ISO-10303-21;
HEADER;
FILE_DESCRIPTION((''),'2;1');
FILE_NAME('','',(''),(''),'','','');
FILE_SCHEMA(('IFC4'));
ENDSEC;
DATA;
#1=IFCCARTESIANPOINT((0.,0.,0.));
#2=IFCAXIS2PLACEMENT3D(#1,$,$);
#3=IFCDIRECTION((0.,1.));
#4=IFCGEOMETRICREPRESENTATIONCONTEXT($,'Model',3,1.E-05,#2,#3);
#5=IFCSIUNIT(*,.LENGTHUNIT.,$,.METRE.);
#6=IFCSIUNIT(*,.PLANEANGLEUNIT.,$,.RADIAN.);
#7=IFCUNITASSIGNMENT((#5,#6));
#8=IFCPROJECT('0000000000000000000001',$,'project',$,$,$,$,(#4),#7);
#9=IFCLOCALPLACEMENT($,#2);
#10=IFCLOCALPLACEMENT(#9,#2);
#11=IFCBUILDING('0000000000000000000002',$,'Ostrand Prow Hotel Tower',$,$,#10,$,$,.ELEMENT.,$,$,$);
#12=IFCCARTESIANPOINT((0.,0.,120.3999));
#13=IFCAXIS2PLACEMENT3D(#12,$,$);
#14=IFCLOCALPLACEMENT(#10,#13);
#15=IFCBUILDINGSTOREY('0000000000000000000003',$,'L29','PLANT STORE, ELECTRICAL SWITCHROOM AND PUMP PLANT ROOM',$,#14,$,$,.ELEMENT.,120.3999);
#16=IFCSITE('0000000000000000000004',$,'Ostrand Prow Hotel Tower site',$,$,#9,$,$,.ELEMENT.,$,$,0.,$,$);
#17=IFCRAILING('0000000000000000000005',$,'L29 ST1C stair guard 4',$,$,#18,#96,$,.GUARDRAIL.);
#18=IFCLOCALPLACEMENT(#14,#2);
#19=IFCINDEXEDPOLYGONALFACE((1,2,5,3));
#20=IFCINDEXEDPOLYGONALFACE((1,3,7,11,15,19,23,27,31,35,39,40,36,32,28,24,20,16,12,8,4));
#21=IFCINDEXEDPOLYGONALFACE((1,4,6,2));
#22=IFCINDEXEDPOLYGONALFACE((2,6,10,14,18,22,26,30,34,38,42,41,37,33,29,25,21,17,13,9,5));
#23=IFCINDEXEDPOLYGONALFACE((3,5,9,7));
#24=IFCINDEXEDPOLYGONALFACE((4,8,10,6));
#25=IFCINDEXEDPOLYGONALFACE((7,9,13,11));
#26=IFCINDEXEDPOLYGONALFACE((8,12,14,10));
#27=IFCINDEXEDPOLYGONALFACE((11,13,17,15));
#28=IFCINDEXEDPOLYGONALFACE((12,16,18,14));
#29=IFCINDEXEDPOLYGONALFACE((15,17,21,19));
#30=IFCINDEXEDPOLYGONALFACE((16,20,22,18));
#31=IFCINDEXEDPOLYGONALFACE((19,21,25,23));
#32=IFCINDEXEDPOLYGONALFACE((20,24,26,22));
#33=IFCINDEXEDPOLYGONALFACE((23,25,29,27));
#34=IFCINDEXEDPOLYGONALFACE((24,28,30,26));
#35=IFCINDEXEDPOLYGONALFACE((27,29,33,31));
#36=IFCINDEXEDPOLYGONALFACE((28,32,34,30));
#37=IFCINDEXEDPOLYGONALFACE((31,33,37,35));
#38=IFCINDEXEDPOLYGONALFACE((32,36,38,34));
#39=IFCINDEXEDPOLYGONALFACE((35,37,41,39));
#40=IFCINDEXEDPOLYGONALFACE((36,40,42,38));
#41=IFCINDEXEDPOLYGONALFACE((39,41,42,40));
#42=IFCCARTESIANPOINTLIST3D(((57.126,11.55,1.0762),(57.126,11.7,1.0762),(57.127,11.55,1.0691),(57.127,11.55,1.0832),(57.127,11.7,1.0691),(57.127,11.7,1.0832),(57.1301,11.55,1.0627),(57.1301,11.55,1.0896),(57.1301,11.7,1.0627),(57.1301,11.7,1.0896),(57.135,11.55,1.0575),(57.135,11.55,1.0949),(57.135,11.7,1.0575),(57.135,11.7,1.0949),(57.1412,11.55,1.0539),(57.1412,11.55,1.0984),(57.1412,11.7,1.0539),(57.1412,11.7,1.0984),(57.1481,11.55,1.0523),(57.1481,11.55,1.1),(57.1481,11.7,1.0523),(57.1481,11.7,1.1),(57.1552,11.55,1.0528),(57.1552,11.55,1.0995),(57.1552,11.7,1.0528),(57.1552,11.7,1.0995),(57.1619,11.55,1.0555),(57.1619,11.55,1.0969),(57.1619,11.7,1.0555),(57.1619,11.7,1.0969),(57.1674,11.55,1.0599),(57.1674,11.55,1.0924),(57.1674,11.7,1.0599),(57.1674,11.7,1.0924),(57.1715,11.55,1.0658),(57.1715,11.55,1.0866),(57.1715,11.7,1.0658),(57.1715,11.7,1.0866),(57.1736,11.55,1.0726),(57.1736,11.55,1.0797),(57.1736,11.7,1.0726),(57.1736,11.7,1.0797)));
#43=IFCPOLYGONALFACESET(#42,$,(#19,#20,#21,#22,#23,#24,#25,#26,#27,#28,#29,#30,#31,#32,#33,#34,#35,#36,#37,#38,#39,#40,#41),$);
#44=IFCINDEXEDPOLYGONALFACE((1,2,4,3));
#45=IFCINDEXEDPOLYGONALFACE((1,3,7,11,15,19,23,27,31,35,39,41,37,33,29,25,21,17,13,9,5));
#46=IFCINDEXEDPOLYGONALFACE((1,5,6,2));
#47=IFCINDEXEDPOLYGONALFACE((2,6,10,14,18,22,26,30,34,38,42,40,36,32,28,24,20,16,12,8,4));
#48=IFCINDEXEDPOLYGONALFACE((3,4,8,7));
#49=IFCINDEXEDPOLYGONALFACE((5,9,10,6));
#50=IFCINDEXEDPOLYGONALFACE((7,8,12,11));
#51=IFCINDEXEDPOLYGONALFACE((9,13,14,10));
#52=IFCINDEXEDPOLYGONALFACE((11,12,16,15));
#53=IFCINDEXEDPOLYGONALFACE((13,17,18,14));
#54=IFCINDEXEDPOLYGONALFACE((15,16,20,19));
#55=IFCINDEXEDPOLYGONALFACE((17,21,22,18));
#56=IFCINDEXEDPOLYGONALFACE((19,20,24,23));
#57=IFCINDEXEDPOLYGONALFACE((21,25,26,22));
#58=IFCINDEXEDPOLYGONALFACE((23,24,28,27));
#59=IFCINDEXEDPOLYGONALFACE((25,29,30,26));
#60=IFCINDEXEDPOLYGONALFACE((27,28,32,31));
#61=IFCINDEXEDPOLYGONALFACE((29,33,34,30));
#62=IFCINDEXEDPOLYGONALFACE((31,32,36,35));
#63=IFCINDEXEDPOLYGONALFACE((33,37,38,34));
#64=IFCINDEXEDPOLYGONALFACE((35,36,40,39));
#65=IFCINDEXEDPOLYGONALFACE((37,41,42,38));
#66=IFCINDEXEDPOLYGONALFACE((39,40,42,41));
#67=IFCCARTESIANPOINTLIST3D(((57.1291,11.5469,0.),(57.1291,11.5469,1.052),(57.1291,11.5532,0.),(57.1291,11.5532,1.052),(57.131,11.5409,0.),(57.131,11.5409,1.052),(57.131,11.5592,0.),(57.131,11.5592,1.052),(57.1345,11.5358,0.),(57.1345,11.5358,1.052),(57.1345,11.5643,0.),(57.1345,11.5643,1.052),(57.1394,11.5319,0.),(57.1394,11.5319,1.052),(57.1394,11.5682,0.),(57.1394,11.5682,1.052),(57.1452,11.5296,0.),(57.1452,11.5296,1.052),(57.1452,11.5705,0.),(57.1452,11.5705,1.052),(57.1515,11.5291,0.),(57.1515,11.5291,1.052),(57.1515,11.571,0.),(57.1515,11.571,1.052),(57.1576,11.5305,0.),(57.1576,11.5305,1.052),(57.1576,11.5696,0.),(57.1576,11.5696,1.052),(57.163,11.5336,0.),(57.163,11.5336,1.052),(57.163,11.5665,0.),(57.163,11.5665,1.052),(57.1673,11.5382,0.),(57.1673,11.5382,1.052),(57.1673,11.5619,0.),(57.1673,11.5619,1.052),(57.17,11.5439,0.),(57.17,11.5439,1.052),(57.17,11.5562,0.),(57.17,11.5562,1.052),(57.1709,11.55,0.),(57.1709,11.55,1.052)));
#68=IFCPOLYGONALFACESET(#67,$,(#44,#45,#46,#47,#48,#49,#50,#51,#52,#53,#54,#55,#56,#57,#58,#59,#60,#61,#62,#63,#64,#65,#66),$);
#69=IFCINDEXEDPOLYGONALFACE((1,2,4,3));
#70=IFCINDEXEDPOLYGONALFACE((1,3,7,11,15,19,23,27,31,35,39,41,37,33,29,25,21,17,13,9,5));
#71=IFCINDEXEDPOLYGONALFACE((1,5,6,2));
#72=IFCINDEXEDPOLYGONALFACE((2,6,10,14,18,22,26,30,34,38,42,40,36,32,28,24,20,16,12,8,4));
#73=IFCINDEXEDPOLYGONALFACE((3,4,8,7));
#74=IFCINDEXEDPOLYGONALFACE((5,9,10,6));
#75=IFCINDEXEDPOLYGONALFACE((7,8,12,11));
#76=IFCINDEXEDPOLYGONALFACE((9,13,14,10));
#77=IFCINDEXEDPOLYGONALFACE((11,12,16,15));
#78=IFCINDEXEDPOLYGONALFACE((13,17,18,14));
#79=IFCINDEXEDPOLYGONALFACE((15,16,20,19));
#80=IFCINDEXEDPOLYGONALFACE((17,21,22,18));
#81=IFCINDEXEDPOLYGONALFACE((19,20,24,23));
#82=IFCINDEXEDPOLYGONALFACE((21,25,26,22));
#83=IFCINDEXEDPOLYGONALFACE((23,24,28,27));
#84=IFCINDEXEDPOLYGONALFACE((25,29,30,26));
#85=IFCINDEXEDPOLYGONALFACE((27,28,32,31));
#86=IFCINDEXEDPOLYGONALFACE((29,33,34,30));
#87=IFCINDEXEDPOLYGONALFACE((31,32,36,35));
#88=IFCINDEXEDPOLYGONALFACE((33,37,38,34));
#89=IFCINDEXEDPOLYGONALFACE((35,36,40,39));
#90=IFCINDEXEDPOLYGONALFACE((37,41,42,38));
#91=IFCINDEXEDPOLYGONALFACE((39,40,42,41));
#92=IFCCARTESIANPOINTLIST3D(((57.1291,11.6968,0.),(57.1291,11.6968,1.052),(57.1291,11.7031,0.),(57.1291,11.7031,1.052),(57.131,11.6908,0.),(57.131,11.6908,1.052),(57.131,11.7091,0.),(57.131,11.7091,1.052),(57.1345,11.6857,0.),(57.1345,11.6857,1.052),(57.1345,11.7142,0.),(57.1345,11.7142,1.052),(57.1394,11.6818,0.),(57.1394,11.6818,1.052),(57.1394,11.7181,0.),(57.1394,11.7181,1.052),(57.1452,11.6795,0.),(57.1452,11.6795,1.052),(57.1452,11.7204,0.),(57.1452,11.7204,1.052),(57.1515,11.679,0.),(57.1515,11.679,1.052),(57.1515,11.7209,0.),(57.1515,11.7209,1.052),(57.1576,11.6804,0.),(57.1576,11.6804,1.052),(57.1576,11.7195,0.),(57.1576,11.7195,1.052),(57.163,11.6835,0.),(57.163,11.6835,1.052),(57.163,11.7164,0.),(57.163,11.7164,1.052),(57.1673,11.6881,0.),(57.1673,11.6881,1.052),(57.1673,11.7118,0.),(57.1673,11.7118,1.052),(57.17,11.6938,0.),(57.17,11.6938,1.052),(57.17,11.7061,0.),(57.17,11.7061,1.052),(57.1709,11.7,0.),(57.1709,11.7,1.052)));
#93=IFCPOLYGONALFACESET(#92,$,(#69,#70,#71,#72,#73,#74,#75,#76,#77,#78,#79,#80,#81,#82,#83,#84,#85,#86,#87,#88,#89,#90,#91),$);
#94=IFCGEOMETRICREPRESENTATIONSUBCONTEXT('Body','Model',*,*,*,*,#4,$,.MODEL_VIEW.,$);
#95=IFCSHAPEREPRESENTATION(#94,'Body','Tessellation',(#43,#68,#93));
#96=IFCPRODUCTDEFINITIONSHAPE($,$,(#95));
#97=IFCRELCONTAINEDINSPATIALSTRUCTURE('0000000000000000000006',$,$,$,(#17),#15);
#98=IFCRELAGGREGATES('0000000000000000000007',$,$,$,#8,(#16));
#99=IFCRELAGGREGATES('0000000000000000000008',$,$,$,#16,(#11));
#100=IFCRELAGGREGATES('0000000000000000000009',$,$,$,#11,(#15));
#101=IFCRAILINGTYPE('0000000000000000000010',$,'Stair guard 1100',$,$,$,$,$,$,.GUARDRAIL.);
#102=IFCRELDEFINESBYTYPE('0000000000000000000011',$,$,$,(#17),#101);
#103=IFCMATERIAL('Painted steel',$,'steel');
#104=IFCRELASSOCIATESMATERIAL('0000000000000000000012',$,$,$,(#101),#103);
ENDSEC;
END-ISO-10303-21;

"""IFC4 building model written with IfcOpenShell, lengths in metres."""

from ifc_helpers import new_model, si_unit, direction, frame, origin, origin_2d, place, context, subcontext, project, spatial, circle, extrude, material, type_object, element, save


model = new_model("IFC4")

# Units and contexts
model_context = context("Model", 3, precision=1e-05, world=origin(), true_north=direction((0.0, 1.0)))
body_context = subcontext(model_context, "Body", "Model", "MODEL_VIEW")
ifc_project = project(units=[si_unit("LENGTHUNIT", "METRE"), si_unit("PLANEANGLEUNIT", "RADIAN")], contexts=[model_context])

# Site, building, storey
site_placement = place(None, origin())
site = spatial("IfcSite", under=ifc_project, at=site_placement, Name="Ostrand Prow Hotel Tower site", CompositionType="ELEMENT", RefElevation=0.0)
building_placement = place(site_placement, origin())
building = spatial("IfcBuilding", under=site, at=building_placement, Name="Ostrand Prow Hotel Tower", CompositionType="ELEMENT")
storey_placement = place(building_placement, frame((0.0, 0.0, 120.3999)))
storey = spatial("IfcBuildingStorey", under=building, at=storey_placement, Name="L29", Description="PLANT STORE, ELECTRICAL SWITCHROOM AND PUMP PLANT ROOM", CompositionType="ELEMENT", Elevation=120.3999)

# Railing
ifc_material_1 = material(Name="Painted steel", Category="steel")
railing_type_1 = type_object("IfcRailingType", Name="Stair guard 1100", PredefinedType="GUARDRAIL", material=ifc_material_1)
railing_1_placement = place(storey_placement, frame((57.1499, 11.55, 0.0)))
element("IfcRailing", 1, at=railing_1_placement, inside=storey, type_object=railing_type_1, Name="L29 ST1C stair guard 4", PredefinedType="GUARDRAIL", context=body_context, shape_type="SweptSolid", body=[
    extrude(circle(Radius=0.0239, at=origin_2d()), frame((0.0, 0.0, 1.0762), z_axis=(0.0, 1.0, 0.0), x_axis=(-1.0, 0.0, 0.0)), (0.0, 0.0, 1.0), 0.1499),
    extrude(circle(Radius=0.021, at=origin_2d()), origin(), (0.0, 0.0, 1.0), 1.052),
    extrude(circle(Radius=0.021, at=origin_2d()), frame((0.0, 0.1499, 0.0)), (0.0, 0.0, 1.0), 1.052),
])

save(model, "model.ifc")
